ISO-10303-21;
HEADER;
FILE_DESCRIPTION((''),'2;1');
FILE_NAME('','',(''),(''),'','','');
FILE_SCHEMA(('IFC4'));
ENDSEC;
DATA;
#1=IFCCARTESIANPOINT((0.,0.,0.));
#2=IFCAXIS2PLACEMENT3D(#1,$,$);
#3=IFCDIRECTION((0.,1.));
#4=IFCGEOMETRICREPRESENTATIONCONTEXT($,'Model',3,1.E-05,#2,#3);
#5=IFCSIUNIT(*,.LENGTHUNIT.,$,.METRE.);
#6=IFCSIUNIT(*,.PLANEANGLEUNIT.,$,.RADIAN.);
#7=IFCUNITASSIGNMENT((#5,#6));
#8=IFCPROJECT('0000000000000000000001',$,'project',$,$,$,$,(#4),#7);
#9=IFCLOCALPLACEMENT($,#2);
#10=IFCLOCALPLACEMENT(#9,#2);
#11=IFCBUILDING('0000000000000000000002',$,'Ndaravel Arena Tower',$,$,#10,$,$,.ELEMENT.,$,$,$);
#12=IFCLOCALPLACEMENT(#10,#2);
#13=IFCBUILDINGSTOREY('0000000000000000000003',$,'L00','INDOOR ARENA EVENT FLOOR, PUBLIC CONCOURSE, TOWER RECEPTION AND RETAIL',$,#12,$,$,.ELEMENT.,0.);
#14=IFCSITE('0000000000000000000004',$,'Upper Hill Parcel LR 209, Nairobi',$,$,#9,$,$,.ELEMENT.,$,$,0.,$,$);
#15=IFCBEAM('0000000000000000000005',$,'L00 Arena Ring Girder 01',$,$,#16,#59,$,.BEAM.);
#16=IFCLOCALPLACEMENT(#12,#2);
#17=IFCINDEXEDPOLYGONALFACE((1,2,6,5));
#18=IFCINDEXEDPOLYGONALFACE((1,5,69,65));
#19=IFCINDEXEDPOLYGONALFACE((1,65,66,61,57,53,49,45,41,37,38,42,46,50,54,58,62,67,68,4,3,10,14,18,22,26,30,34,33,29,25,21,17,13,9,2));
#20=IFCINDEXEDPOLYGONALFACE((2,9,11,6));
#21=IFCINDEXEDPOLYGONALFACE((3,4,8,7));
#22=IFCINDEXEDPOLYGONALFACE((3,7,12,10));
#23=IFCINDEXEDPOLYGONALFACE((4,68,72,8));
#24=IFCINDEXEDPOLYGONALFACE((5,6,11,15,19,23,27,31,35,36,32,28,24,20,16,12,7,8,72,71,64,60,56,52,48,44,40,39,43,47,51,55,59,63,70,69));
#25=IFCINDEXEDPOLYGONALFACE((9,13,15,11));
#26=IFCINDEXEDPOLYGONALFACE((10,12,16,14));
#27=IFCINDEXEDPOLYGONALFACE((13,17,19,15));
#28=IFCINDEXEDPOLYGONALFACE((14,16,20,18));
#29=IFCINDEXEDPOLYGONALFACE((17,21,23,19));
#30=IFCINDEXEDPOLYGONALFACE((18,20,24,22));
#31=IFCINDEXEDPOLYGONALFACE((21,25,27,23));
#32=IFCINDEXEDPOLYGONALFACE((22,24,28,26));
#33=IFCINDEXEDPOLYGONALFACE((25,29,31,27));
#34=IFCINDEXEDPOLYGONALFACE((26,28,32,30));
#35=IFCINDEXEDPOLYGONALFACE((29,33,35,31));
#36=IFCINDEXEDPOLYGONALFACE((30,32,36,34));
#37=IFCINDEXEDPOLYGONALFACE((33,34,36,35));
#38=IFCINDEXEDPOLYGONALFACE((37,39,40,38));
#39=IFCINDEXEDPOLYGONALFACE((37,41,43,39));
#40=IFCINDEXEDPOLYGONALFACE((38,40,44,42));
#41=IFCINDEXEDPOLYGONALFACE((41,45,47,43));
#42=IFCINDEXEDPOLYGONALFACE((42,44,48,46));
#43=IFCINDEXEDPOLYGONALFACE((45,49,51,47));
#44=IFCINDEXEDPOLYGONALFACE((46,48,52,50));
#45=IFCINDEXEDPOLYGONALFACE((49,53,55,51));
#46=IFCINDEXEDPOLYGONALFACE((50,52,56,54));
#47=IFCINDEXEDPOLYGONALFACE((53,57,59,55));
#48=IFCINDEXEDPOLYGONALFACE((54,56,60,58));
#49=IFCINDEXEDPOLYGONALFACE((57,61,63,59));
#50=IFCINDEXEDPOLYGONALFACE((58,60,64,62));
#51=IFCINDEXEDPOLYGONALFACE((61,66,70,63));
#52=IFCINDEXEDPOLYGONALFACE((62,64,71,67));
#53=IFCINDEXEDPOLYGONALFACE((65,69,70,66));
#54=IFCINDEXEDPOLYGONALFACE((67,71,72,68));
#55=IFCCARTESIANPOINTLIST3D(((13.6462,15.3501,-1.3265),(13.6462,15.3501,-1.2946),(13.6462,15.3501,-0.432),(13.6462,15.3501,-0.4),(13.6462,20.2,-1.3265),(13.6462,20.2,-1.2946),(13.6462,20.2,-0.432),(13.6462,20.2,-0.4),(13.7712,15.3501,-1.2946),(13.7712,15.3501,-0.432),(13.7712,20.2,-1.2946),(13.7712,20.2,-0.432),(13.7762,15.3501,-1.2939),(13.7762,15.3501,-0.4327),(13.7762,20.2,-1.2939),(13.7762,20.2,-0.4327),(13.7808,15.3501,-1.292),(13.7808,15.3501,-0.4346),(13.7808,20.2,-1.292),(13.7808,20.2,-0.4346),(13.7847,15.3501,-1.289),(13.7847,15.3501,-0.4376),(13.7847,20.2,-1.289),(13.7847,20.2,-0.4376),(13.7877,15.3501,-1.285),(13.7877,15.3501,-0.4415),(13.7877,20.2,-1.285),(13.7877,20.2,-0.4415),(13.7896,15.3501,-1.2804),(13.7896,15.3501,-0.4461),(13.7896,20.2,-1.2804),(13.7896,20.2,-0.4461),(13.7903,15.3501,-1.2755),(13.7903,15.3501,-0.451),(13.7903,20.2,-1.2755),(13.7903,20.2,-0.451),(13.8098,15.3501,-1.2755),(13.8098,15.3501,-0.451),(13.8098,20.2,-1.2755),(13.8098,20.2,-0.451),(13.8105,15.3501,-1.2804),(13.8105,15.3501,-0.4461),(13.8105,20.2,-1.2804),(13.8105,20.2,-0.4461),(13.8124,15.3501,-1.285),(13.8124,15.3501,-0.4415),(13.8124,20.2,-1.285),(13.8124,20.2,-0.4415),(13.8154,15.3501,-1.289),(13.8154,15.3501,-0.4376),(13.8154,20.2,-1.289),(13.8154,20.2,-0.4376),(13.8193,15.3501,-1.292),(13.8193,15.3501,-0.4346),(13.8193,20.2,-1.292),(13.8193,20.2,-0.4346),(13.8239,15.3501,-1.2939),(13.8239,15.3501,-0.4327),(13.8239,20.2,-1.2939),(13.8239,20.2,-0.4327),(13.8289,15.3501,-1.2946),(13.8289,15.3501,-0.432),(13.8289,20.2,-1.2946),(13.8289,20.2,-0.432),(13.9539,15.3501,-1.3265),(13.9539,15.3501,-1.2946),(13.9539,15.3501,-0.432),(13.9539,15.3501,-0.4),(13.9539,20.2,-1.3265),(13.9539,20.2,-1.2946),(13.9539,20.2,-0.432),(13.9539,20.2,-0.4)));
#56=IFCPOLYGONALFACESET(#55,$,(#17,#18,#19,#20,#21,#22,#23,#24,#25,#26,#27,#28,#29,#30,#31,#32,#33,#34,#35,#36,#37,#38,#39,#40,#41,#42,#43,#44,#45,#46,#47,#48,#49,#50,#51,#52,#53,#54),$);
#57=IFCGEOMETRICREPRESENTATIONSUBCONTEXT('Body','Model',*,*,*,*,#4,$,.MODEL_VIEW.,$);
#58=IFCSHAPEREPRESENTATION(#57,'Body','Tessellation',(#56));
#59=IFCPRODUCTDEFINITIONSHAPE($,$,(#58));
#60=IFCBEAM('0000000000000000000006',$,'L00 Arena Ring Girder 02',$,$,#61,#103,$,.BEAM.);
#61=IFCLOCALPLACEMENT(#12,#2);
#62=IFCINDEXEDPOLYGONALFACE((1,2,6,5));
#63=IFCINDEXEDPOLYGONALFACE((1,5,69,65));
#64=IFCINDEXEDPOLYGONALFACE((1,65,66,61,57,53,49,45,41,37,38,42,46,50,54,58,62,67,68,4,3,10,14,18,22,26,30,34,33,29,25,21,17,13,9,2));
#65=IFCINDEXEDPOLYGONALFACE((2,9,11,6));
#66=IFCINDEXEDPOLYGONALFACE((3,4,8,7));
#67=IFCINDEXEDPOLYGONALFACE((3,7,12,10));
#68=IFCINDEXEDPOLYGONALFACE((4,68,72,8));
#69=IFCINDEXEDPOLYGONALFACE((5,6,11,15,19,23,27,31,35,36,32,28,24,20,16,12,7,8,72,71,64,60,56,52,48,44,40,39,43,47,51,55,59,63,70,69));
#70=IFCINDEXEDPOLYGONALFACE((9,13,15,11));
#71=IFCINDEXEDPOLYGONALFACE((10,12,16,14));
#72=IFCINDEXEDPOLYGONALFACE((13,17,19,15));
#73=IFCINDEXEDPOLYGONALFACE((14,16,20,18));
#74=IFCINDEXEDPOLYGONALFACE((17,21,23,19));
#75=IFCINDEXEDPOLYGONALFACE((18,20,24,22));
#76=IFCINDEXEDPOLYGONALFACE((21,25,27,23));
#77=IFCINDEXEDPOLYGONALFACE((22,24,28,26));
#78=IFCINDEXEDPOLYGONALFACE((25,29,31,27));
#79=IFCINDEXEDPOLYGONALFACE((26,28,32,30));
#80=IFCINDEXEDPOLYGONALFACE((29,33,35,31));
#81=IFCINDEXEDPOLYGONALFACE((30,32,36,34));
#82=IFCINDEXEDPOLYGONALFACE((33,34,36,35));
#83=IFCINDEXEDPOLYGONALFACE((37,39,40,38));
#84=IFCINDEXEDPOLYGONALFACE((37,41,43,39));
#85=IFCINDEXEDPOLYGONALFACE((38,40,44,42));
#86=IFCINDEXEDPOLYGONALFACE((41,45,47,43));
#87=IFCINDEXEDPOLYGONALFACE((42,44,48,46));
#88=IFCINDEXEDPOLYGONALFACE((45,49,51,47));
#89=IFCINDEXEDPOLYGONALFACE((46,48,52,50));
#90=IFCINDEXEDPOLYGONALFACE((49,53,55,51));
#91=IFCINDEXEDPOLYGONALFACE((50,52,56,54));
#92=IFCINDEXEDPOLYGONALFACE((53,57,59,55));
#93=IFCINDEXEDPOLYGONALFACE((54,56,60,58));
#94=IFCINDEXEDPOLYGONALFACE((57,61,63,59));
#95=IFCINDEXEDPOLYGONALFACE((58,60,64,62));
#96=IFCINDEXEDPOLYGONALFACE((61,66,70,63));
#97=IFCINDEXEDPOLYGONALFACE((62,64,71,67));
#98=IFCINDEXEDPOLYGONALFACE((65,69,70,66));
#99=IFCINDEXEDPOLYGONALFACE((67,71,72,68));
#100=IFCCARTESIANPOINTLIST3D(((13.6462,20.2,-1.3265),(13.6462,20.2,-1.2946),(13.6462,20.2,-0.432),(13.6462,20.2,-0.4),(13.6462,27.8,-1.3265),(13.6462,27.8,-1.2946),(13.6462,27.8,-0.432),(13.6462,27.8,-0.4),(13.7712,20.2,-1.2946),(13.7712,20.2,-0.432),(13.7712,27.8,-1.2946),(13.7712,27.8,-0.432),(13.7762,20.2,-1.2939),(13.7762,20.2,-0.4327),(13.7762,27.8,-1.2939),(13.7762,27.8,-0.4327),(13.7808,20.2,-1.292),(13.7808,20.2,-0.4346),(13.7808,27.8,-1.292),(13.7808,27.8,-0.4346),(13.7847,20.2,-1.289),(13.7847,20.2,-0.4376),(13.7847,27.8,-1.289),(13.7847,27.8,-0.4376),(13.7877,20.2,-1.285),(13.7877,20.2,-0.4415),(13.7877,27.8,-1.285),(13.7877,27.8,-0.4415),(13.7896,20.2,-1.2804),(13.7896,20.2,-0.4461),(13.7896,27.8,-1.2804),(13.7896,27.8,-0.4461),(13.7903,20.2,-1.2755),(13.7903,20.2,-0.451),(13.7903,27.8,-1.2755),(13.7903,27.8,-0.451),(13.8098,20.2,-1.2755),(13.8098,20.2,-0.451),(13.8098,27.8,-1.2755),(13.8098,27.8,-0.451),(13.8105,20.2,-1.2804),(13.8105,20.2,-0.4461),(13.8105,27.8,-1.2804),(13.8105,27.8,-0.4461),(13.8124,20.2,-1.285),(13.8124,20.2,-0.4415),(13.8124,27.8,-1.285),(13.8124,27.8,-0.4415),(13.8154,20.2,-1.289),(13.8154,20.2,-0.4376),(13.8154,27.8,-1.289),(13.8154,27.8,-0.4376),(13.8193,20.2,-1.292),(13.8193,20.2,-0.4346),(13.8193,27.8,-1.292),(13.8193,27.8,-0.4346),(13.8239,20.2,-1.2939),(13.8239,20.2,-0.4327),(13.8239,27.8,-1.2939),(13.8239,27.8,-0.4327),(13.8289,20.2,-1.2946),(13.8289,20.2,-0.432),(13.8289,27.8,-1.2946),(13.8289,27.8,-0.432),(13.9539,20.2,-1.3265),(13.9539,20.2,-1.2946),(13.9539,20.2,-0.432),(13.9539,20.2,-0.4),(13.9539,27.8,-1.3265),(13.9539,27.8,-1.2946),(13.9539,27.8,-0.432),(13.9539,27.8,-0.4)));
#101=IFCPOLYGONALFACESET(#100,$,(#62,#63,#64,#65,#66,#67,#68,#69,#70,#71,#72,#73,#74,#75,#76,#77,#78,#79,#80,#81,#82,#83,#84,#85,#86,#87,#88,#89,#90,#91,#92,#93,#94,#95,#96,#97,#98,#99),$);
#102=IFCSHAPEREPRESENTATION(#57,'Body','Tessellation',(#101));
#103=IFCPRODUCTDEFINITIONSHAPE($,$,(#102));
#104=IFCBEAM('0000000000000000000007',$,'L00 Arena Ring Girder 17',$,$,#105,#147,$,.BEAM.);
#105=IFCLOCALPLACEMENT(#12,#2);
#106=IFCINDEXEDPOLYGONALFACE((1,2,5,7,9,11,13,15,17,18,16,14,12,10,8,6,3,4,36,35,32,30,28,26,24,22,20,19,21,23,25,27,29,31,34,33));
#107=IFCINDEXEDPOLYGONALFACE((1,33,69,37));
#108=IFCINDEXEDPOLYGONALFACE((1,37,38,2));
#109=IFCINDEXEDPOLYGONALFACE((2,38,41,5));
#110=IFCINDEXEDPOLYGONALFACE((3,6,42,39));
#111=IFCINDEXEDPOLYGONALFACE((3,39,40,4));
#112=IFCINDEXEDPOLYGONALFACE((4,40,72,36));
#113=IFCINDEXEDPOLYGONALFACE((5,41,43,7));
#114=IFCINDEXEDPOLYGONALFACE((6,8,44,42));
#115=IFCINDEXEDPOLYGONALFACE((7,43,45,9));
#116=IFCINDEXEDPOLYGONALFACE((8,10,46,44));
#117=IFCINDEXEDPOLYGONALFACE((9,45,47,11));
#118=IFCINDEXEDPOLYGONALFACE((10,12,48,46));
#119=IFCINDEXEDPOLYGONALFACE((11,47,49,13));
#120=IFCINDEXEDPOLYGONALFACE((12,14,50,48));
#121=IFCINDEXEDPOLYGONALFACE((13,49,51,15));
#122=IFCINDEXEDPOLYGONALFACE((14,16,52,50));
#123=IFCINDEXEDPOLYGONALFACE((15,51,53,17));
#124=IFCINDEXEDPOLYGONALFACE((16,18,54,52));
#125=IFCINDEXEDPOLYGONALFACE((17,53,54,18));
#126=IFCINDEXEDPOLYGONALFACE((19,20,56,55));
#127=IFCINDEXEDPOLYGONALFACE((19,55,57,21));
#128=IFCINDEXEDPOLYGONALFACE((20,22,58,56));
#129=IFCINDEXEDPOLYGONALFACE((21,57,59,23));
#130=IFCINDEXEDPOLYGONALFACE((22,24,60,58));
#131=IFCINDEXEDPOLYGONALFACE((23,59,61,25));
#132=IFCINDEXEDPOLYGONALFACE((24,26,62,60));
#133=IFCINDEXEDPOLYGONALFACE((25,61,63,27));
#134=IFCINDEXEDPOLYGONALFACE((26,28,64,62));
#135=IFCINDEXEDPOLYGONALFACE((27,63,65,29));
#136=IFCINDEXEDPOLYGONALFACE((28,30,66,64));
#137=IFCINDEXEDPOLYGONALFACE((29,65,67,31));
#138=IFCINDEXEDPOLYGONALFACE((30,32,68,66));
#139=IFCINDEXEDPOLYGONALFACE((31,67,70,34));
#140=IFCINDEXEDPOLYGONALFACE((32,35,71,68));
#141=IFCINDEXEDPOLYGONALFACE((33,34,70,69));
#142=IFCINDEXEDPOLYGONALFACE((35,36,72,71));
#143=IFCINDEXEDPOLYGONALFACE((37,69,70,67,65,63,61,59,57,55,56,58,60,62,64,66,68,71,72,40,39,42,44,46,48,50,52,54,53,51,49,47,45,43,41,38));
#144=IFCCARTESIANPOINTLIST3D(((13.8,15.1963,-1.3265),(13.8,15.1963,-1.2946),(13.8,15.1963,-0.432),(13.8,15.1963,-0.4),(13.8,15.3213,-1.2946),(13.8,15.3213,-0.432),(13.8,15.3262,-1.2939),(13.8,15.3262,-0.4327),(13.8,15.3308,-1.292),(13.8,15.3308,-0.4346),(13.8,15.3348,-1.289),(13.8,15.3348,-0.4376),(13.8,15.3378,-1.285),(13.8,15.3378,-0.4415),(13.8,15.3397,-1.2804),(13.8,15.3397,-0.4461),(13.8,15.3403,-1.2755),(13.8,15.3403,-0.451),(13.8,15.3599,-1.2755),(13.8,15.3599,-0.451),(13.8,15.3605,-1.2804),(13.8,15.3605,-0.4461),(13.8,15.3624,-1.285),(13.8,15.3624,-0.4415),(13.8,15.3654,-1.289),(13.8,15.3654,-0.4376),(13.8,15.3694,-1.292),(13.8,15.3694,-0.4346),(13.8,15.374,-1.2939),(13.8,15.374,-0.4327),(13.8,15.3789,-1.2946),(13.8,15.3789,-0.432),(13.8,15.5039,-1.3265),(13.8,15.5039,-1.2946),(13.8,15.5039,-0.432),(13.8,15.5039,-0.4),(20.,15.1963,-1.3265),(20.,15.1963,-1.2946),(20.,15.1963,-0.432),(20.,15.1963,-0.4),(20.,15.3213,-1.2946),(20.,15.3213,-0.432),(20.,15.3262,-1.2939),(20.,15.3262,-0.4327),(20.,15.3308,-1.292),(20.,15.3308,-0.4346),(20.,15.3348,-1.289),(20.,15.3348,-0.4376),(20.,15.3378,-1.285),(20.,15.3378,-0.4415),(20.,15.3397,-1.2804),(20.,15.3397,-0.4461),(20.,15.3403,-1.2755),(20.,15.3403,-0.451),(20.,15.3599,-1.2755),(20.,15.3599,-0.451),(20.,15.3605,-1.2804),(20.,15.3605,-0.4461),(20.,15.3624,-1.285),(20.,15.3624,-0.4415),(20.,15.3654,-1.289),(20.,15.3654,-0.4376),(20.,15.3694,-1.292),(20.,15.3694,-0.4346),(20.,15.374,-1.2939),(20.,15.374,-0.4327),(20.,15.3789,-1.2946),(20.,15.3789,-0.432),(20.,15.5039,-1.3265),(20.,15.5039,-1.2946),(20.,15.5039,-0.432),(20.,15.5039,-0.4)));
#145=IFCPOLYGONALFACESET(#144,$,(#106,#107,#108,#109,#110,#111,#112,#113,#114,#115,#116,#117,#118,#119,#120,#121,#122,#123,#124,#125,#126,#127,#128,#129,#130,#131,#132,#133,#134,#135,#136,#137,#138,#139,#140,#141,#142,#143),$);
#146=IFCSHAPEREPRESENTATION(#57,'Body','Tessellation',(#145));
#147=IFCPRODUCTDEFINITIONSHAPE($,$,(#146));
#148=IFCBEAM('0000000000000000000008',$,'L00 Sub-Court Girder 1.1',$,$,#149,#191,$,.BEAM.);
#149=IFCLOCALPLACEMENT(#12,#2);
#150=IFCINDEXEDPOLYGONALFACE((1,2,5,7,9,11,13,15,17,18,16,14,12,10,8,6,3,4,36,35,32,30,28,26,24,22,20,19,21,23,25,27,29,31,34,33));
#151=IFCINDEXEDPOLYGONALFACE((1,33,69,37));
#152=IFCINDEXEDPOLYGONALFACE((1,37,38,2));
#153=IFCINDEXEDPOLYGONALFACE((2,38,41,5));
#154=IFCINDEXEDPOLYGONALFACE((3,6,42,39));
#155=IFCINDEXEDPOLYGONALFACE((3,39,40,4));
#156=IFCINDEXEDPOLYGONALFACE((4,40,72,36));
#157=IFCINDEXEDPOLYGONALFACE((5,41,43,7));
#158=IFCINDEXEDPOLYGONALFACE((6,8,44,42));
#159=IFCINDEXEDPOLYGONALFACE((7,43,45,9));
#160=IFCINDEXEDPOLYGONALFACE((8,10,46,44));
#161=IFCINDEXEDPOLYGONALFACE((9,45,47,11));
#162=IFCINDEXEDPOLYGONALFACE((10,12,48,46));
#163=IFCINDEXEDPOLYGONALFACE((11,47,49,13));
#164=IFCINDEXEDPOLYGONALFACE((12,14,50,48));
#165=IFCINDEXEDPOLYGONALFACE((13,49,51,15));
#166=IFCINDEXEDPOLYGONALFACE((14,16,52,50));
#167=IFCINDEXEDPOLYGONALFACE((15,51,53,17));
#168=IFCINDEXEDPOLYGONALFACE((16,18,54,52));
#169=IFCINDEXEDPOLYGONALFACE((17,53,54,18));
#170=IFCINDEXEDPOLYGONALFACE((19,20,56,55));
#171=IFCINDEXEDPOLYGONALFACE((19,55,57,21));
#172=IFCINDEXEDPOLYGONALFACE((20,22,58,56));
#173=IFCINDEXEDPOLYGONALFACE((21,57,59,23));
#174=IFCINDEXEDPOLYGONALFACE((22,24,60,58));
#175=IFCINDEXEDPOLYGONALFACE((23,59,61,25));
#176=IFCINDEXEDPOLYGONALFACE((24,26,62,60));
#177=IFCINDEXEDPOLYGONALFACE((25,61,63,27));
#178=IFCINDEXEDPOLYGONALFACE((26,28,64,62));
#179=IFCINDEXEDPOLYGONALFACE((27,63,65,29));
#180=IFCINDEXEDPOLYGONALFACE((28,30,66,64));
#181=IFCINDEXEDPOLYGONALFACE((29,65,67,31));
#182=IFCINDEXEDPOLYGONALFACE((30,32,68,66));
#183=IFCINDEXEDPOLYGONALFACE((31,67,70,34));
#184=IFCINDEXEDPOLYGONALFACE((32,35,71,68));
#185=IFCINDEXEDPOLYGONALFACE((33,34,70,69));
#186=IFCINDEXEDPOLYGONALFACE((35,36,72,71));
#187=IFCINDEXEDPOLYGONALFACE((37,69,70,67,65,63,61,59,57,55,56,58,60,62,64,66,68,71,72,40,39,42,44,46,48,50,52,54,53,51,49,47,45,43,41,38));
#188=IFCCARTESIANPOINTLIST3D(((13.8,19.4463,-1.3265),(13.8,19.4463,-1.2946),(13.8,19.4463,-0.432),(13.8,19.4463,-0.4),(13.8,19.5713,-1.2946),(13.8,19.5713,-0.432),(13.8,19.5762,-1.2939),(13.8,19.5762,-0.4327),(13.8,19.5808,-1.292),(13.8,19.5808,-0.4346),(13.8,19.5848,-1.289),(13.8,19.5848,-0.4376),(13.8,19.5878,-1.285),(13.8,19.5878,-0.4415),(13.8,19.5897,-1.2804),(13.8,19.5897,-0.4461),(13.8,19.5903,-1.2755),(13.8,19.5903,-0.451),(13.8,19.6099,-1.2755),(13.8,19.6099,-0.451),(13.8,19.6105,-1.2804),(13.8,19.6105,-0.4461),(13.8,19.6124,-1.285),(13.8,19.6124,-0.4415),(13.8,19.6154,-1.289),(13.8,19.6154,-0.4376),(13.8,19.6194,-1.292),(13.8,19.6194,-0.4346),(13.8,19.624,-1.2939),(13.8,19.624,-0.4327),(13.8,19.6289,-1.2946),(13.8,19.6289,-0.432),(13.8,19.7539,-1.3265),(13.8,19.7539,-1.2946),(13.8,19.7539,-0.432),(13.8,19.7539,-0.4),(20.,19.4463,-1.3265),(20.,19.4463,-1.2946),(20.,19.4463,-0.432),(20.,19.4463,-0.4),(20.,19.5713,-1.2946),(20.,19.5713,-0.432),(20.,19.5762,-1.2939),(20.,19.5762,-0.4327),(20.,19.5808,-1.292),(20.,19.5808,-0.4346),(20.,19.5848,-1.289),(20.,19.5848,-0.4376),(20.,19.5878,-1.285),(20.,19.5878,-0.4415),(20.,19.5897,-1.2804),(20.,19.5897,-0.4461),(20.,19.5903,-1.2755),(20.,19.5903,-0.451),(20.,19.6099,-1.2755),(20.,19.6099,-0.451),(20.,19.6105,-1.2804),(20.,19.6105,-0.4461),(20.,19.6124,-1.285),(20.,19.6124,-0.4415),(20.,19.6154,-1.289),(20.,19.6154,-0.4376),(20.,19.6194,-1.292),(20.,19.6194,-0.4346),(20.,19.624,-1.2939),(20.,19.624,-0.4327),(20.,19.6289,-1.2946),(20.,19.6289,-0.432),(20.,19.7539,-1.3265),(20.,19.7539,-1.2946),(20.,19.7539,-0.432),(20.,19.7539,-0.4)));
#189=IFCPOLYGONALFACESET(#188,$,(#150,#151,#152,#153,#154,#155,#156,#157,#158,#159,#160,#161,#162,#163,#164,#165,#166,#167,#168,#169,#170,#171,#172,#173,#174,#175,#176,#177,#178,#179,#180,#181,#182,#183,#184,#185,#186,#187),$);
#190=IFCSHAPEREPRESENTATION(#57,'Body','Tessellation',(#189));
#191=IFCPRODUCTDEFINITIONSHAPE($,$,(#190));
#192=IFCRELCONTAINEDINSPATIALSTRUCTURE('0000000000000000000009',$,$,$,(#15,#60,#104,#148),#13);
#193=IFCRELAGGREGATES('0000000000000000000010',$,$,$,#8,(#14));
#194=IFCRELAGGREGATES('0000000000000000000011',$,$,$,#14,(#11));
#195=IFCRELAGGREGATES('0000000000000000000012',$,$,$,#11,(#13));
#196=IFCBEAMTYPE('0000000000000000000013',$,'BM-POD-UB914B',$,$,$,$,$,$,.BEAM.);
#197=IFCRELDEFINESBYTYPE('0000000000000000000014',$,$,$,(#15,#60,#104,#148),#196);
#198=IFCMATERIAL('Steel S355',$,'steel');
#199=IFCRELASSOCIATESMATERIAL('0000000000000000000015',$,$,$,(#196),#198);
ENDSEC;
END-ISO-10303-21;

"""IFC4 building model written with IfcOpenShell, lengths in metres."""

from ifc_helpers import new_model, si_unit, direction, frame, origin, origin_2d, place, context, subcontext, project, spatial, i_section, extrude, material, material_profile, profile_set, type_object, element, save


model = new_model("IFC4")

# Units and contexts
model_context = context("Model", 3, precision=1e-05, world=origin(), true_north=direction((0.0, 1.0)))
body_context = subcontext(model_context, "Body", "Model", "MODEL_VIEW")
ifc_project = project(units=[si_unit("LENGTHUNIT", "METRE"), si_unit("PLANEANGLEUNIT", "RADIAN")], contexts=[model_context])

# Site, building, storey
site_placement = place(None, origin())
site = spatial("IfcSite", under=ifc_project, at=site_placement, Name="Upper Hill Parcel LR 209, Nairobi", CompositionType="ELEMENT", RefElevation=0.0)
building_placement = place(site_placement, origin())
building = spatial("IfcBuilding", under=site, at=building_placement, Name="Ndaravel Arena Tower", CompositionType="ELEMENT")
storey_placement = place(building_placement, origin())
storey = spatial("IfcBuildingStorey", under=building, at=storey_placement, Name="L00", Description="INDOOR ARENA EVENT FLOOR, PUBLIC CONCOURSE, TOWER RECEPTION AND RETAIL", CompositionType="ELEMENT", Elevation=0.0)

# Beams
ifc_material_1 = material(Name="Steel S355", Category="steel")
ifc_material_profile_1 = material_profile(ifc_material_1, i_section(OverallWidth=0.3076, OverallDepth=0.9265, WebThickness=0.0195, FlangeThickness=0.032, FilletRadius=0.019, at=origin_2d()), Name="UB 914x305x289")
ifc_profile_set_1 = profile_set([ifc_material_profile_1], Name="Steel S355")
beam_type_1 = type_object("IfcBeamType", Name="BM-POD-UB914B", PredefinedType="BEAM", material=ifc_profile_set_1)
beam_1_placement = place(storey_placement, frame((13.8, 15.3501, -0.8633), z_axis=(0.0, 1.0, 0.0), x_axis=(-1.0, 0.0, 0.0)))
element("IfcBeam", 1, at=beam_1_placement, inside=storey, type_object=beam_type_1, Name="L00 Arena Ring Girder 01", PredefinedType="BEAM", context=body_context, shape_type="SweptSolid", body=[
    extrude(i_section(OverallWidth=0.3076, OverallDepth=0.9265, WebThickness=0.0195, FlangeThickness=0.032, FilletRadius=0.019, at=origin_2d()), origin(), (0.0, 0.0, 1.0), 4.8499),
])
beam_2_placement = place(storey_placement, frame((13.8, 20.2, -0.8633), z_axis=(0.0, 1.0, 0.0), x_axis=(-1.0, 0.0, 0.0)))
element("IfcBeam", 2, at=beam_2_placement, inside=storey, type_object=beam_type_1, Name="L00 Arena Ring Girder 02", PredefinedType="BEAM", context=body_context, shape_type="SweptSolid", body=[
    extrude(i_section(OverallWidth=0.3076, OverallDepth=0.9265, WebThickness=0.0195, FlangeThickness=0.032, FilletRadius=0.019, at=origin_2d()), origin(), (0.0, 0.0, 1.0), 7.6001),
])
for number, where, z_axis, x_axis, name in (
    (3, (13.8, 15.3501, -0.8633), (1.0, 0.0, 0.0), (0.0, 1.0, 0.0), "L00 Arena Ring Girder 17"),
    (4, (13.8, 19.6001, -0.8633), (1.0, 0.0, 0.0), (0.0, 1.0, 0.0), "L00 Sub-Court Girder 1.1"),
):
    element("IfcBeam", number, at=place(storey_placement, frame(where, z_axis=z_axis, x_axis=x_axis)), inside=storey, type_object=beam_type_1, Name=name, PredefinedType="BEAM", context=body_context, shape_type="SweptSolid", body=[
        extrude(i_section(OverallWidth=0.3076, OverallDepth=0.9265, WebThickness=0.0195, FlangeThickness=0.032, FilletRadius=0.019, at=origin_2d()), origin(), (0.0, 0.0, 1.0), 6.2),
    ])

save(model, "model.ifc")
